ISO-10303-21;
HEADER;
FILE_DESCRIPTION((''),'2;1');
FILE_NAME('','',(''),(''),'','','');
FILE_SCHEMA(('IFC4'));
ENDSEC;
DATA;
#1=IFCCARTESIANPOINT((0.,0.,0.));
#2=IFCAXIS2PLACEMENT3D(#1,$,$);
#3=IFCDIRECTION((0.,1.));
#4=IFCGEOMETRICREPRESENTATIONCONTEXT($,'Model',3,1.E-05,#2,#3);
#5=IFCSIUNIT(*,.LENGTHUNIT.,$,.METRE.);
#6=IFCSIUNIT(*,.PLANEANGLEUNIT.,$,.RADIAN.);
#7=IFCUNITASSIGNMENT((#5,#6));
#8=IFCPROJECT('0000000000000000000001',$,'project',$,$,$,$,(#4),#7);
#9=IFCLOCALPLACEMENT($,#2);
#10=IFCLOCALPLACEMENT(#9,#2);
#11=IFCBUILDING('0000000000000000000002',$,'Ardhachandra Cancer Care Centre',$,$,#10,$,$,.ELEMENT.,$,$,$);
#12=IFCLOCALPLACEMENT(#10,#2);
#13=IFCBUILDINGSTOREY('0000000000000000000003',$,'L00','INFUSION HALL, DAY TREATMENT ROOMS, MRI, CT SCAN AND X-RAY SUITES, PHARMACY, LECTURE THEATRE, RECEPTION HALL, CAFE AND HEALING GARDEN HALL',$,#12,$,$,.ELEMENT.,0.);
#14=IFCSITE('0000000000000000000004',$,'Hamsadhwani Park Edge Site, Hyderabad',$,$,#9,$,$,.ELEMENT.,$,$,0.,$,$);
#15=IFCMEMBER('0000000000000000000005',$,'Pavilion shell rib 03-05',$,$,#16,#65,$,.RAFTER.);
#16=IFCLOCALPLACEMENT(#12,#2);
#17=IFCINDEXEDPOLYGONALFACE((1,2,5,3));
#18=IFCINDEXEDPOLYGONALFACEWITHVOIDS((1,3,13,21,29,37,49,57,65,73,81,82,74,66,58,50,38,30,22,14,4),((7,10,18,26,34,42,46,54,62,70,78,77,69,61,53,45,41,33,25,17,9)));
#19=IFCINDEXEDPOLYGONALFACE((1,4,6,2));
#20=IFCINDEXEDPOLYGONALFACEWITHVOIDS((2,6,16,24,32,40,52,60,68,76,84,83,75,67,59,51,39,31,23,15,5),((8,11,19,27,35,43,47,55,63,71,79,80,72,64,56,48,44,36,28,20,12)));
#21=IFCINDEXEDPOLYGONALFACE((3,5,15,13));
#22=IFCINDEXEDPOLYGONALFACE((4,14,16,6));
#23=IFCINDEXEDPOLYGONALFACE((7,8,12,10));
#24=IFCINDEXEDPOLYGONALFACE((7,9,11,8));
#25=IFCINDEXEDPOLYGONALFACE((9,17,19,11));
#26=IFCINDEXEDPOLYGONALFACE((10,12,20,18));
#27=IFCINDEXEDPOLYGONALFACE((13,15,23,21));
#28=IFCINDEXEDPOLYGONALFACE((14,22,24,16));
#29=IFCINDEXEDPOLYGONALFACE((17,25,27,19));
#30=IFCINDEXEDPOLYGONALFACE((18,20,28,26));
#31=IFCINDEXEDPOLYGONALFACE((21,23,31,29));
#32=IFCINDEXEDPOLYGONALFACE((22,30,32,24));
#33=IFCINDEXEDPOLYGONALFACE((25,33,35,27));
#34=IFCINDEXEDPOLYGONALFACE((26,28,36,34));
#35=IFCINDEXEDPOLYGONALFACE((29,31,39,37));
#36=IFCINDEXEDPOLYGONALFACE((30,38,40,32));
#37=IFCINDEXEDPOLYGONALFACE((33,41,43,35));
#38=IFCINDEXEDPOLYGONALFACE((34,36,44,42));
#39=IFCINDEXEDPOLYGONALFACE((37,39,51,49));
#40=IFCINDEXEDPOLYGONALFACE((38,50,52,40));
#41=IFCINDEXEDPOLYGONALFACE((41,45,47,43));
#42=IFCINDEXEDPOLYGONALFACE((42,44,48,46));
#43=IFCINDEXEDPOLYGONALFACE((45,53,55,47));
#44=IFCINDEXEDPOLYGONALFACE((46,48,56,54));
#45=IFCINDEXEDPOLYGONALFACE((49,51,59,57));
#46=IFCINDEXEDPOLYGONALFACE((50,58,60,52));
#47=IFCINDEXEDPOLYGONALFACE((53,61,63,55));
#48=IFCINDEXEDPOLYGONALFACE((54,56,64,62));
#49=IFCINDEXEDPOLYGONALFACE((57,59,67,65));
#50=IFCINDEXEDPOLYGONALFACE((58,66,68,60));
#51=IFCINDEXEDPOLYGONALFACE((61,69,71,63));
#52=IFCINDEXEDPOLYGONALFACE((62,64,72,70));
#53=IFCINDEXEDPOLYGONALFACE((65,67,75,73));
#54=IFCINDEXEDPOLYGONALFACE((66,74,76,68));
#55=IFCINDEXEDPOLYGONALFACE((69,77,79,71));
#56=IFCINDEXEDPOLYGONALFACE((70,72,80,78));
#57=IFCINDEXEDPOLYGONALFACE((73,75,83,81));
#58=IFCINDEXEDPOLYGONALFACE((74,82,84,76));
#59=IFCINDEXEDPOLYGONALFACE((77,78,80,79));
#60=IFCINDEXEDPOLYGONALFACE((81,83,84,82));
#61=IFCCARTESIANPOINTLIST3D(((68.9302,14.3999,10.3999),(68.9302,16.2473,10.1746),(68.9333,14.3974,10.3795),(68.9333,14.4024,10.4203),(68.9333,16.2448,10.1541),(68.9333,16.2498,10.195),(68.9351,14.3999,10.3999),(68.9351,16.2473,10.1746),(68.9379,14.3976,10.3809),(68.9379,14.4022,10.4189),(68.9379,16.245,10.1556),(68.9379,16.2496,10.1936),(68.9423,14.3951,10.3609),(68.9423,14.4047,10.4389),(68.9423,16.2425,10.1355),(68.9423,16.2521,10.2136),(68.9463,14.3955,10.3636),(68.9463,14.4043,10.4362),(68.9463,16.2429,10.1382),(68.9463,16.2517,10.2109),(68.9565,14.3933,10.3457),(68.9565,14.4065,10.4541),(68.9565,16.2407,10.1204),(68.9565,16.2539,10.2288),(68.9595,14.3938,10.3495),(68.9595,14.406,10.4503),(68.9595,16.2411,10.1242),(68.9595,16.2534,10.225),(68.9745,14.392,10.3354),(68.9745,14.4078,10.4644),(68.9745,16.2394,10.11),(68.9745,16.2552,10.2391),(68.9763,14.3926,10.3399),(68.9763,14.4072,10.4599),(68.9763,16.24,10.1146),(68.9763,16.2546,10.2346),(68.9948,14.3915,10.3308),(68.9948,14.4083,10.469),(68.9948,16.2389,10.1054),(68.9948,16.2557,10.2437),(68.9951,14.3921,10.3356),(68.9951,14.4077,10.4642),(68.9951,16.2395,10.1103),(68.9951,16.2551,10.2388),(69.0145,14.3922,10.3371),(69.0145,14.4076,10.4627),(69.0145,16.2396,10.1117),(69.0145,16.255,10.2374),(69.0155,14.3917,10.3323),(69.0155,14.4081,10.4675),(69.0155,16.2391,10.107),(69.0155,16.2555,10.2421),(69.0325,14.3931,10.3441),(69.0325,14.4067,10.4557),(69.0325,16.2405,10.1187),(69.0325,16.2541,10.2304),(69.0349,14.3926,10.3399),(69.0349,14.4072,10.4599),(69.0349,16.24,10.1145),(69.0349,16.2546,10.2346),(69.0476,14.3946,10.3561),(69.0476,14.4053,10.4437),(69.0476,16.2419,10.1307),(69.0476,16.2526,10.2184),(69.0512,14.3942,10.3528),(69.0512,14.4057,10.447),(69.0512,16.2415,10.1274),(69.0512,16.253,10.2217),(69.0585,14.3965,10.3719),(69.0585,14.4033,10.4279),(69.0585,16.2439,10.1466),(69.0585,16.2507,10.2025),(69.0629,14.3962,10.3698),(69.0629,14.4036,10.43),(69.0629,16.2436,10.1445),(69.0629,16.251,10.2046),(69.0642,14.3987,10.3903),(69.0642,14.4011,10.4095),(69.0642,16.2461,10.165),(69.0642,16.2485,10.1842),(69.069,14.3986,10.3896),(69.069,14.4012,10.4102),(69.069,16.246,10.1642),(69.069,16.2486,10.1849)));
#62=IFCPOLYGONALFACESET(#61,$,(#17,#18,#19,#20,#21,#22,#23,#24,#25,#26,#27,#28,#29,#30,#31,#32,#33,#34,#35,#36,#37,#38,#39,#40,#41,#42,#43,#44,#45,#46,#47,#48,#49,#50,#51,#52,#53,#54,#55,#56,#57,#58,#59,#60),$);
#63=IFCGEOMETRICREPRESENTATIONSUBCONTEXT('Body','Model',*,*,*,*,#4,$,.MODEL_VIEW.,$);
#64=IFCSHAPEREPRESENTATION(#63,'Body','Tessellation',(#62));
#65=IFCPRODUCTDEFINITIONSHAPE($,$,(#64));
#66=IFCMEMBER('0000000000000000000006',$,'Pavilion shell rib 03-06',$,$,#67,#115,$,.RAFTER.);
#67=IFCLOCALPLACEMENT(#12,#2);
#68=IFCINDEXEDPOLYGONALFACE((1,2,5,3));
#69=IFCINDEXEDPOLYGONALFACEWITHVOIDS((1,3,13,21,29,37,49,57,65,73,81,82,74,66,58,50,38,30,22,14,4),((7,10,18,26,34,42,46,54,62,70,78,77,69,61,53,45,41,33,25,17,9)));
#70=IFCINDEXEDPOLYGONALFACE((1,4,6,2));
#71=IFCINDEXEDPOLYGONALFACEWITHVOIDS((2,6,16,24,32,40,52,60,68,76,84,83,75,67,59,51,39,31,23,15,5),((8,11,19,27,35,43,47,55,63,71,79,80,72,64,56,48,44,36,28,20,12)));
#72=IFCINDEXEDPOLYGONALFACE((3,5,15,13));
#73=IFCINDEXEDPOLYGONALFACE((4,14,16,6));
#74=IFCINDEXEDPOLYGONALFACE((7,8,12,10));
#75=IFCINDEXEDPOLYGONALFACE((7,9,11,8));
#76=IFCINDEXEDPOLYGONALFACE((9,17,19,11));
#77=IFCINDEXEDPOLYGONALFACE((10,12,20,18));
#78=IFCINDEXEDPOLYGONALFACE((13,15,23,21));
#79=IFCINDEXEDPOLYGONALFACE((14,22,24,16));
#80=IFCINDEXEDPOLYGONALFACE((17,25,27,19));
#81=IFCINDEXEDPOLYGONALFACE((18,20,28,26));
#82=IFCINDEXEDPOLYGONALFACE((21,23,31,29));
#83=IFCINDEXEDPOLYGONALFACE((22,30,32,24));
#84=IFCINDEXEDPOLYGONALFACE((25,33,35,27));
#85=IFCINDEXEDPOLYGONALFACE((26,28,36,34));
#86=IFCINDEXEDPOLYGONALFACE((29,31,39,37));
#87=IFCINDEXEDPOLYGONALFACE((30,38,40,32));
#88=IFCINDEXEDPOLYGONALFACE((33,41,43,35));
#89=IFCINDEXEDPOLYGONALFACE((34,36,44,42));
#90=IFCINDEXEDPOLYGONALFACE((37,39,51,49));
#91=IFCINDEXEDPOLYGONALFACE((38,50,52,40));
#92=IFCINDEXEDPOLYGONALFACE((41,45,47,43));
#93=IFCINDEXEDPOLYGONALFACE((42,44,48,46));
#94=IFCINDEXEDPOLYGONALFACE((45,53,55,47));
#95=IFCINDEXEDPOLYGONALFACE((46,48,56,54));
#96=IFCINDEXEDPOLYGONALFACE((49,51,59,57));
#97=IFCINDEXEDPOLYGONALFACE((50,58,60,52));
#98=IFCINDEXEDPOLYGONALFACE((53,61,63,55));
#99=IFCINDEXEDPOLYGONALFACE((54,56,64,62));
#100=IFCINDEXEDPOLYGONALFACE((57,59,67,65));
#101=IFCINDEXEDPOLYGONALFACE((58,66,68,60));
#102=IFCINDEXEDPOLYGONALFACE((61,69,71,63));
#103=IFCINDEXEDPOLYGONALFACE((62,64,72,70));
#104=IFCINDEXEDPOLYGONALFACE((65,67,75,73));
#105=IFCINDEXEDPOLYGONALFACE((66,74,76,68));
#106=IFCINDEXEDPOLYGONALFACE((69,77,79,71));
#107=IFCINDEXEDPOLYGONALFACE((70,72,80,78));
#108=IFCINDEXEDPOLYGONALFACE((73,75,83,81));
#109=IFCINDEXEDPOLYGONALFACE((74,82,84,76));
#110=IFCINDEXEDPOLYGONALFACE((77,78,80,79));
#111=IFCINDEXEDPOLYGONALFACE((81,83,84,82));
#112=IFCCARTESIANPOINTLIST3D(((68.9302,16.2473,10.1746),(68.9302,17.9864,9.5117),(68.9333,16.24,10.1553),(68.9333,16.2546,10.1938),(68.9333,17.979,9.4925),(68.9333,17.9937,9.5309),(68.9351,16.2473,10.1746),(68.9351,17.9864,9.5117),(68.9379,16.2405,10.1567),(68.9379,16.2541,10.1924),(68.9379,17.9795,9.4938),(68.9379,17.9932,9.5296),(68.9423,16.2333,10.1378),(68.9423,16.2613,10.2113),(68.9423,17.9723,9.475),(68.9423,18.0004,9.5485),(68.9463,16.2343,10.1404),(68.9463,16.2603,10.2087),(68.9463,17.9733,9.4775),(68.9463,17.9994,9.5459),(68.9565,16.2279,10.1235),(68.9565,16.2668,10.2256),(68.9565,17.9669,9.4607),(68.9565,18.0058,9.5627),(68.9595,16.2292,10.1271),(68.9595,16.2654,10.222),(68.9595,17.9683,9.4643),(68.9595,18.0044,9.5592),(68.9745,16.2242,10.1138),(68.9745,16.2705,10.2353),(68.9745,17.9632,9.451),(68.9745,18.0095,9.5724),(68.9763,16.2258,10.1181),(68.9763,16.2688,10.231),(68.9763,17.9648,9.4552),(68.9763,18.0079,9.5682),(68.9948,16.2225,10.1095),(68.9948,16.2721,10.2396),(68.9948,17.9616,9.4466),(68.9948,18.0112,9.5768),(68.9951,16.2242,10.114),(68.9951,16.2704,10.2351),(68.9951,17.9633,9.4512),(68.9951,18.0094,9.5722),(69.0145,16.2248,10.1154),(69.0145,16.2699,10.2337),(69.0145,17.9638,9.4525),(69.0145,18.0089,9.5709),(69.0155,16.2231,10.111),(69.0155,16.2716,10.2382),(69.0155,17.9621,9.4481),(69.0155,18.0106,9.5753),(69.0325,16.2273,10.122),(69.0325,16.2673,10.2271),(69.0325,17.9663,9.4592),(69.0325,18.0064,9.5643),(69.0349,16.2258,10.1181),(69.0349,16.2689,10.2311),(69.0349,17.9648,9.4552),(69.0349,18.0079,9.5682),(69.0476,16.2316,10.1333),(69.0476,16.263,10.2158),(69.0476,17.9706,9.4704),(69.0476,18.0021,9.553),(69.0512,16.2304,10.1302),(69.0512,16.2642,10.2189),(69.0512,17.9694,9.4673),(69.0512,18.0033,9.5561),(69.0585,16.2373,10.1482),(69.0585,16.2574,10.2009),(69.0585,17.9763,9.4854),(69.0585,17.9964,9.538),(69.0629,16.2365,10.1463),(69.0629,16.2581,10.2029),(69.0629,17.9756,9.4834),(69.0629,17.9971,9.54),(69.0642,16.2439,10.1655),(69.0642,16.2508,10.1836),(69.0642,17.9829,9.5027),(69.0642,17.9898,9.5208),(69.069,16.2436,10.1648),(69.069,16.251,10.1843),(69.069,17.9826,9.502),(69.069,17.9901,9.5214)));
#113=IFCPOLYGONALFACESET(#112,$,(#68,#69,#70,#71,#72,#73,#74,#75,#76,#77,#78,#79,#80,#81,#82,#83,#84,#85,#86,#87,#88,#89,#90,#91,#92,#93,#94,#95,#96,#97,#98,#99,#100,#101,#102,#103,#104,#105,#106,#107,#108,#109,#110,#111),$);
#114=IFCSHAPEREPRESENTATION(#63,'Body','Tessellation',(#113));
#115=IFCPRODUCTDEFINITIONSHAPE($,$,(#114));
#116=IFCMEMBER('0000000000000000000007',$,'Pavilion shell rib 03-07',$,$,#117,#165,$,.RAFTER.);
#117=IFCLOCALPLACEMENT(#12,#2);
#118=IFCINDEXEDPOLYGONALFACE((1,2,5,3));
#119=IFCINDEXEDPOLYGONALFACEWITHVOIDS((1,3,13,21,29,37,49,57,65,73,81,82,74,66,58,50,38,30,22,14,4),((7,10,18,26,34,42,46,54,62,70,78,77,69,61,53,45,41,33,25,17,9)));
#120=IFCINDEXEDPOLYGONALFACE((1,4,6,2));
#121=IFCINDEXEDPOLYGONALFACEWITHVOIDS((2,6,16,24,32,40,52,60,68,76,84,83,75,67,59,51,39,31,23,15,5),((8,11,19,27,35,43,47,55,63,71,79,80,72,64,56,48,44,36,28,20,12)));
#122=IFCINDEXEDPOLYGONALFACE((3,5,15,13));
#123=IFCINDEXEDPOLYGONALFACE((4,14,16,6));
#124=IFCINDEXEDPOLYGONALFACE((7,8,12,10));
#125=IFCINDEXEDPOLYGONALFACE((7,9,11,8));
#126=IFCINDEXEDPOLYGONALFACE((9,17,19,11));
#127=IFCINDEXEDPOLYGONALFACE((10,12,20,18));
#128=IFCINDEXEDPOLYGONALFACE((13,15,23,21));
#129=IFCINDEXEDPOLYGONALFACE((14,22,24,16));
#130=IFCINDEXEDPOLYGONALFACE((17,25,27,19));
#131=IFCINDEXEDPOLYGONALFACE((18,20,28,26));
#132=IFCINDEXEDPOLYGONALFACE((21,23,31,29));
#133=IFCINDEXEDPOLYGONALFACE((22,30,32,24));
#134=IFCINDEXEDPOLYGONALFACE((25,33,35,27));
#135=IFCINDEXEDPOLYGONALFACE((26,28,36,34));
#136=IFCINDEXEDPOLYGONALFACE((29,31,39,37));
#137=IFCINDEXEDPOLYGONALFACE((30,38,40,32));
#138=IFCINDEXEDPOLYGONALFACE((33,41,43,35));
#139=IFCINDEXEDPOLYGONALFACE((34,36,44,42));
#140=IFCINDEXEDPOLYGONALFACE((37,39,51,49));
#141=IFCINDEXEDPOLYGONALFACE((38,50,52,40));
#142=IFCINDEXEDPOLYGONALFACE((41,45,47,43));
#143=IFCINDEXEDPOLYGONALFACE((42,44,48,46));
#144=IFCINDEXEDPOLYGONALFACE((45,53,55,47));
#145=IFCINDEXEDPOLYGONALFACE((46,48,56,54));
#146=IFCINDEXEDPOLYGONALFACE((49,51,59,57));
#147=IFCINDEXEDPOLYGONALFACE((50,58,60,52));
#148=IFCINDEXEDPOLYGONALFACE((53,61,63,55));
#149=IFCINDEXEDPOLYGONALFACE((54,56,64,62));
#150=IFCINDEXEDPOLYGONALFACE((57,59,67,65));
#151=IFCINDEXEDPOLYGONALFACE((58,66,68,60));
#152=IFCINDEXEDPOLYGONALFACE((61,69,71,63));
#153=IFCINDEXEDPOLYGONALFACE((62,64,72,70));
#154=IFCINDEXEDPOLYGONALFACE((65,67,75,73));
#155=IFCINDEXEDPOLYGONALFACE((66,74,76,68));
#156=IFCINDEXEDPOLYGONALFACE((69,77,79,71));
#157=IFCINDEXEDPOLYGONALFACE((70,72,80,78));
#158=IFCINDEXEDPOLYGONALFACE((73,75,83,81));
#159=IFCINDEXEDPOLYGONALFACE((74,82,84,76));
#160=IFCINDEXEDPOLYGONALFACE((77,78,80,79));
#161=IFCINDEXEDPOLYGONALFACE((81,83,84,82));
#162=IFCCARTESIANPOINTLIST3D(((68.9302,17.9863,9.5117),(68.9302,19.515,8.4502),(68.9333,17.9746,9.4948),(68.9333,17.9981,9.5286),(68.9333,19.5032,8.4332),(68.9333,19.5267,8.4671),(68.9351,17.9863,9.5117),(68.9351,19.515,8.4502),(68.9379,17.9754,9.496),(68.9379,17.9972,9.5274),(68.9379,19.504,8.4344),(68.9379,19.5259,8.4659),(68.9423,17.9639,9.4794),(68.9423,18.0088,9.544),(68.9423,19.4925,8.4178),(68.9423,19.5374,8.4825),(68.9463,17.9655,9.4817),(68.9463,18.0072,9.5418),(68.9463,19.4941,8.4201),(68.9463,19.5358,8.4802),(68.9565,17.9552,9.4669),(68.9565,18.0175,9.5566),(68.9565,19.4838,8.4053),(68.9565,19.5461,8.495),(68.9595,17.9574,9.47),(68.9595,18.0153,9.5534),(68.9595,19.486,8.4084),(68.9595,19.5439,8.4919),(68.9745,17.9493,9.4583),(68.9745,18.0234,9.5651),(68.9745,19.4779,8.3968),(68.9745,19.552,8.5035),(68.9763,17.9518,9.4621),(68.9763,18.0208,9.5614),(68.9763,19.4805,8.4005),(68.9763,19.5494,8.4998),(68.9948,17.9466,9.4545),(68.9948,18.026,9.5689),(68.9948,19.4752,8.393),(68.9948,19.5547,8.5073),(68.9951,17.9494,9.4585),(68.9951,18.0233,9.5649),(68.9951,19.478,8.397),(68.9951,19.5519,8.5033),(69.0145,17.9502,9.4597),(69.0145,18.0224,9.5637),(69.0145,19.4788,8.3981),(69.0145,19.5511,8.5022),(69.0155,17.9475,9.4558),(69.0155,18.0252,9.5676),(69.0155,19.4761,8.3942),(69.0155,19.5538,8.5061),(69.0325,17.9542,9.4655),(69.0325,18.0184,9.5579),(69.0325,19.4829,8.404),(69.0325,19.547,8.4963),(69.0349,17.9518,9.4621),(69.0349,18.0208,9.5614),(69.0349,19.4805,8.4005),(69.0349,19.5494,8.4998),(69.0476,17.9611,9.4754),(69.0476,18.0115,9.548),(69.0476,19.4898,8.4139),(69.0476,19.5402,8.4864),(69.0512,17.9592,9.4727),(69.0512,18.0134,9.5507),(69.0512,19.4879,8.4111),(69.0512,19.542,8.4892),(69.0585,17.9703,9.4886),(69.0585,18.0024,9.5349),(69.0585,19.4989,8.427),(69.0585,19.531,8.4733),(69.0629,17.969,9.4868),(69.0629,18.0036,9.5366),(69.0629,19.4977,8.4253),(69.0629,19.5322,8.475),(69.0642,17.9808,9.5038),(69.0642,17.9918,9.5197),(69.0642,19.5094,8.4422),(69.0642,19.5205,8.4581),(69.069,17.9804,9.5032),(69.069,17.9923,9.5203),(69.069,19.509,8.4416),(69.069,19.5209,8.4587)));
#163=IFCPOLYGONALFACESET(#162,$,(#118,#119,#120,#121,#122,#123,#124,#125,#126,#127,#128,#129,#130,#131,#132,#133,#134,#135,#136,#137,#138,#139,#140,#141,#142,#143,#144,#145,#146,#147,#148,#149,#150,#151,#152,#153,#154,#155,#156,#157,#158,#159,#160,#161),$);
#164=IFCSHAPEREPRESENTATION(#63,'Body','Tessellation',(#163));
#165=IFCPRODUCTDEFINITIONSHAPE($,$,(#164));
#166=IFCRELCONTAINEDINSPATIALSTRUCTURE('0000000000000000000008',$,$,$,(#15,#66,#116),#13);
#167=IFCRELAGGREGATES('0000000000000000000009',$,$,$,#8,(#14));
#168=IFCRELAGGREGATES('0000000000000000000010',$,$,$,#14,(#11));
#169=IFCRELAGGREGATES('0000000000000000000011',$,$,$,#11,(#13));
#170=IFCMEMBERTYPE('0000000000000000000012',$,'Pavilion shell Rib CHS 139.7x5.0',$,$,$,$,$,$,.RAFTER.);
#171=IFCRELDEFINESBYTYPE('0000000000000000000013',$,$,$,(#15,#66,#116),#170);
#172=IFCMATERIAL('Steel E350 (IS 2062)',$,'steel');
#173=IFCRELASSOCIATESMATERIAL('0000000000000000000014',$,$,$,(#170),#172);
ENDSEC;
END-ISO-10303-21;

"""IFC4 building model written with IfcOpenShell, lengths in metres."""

from ifc_helpers import new_model, si_unit, direction, frame, origin, origin_2d, place, context, subcontext, project, spatial, hollow_circle, extrude, material, material_profile, profile_set, type_object, element, save


model = new_model("IFC4")

# Units and contexts
model_context = context("Model", 3, precision=1e-05, world=origin(), true_north=direction((0.0, 1.0)))
body_context = subcontext(model_context, "Body", "Model", "MODEL_VIEW")
ifc_project = project(units=[si_unit("LENGTHUNIT", "METRE"), si_unit("PLANEANGLEUNIT", "RADIAN")], contexts=[model_context])

# Site, building, storey
site_placement = place(None, origin())
site = spatial("IfcSite", under=ifc_project, at=site_placement, Name="Hamsadhwani Park Edge Site, Hyderabad", CompositionType="ELEMENT", RefElevation=0.0)
building_placement = place(site_placement, origin())
building = spatial("IfcBuilding", under=site, at=building_placement, Name="Ardhachandra Cancer Care Centre", CompositionType="ELEMENT")
storey_placement = place(building_placement, origin())
storey = spatial("IfcBuildingStorey", under=building, at=storey_placement, Name="L00", Description="INFUSION HALL, DAY TREATMENT ROOMS, MRI, CT SCAN AND X-RAY SUITES, PHARMACY, LECTURE THEATRE, RECEPTION HALL, CAFE AND HEALING GARDEN HALL", CompositionType="ELEMENT", Elevation=0.0)

# Members
ifc_material_1 = material(Name="Steel E350 (IS 2062)", Category="steel")
ifc_material_profile_1 = material_profile(ifc_material_1, hollow_circle(Radius=0.0698, WallThickness=0.0049, at=origin_2d()), Name="CHS 139.7x5.0")
ifc_profile_set_1 = profile_set([ifc_material_profile_1], Name="Steel E350 (IS 2062)")
member_type_1 = type_object("IfcMemberType", Name="Pavilion shell Rib CHS 139.7x5.0", PredefinedType="RAFTER", material=ifc_profile_set_1)
for number, where, z_axis, x_axis, name in (
    (1, (69.0, 14.3999, 10.3999), (0.0, 0.992643, -0.12108), (-1.0, 0.0, 0.0), "Pavilion shell rib 03-05"),
    (2, (69.0, 16.2473, 10.1746), (0.0, 0.934423, -0.356164), (-1.0, 0.0, 0.0), "Pavilion shell rib 03-06"),
    (3, (69.0, 17.9863, 9.5117), (0.0, 0.821365, -0.570403), (-1.0, 0.0, 0.0), "Pavilion shell rib 03-07"),
):
    element("IfcMember", number, at=place(storey_placement, frame(where, z_axis=z_axis, x_axis=x_axis)), inside=storey, type_object=member_type_1, Name=name, PredefinedType="RAFTER", context=body_context, shape_type="SweptSolid", body=[
        extrude(hollow_circle(Radius=0.0698, WallThickness=0.0049, at=origin_2d()), origin(), (0.0, 0.0, 1.0), 1.8611),
    ])

save(model, "model.ifc")
